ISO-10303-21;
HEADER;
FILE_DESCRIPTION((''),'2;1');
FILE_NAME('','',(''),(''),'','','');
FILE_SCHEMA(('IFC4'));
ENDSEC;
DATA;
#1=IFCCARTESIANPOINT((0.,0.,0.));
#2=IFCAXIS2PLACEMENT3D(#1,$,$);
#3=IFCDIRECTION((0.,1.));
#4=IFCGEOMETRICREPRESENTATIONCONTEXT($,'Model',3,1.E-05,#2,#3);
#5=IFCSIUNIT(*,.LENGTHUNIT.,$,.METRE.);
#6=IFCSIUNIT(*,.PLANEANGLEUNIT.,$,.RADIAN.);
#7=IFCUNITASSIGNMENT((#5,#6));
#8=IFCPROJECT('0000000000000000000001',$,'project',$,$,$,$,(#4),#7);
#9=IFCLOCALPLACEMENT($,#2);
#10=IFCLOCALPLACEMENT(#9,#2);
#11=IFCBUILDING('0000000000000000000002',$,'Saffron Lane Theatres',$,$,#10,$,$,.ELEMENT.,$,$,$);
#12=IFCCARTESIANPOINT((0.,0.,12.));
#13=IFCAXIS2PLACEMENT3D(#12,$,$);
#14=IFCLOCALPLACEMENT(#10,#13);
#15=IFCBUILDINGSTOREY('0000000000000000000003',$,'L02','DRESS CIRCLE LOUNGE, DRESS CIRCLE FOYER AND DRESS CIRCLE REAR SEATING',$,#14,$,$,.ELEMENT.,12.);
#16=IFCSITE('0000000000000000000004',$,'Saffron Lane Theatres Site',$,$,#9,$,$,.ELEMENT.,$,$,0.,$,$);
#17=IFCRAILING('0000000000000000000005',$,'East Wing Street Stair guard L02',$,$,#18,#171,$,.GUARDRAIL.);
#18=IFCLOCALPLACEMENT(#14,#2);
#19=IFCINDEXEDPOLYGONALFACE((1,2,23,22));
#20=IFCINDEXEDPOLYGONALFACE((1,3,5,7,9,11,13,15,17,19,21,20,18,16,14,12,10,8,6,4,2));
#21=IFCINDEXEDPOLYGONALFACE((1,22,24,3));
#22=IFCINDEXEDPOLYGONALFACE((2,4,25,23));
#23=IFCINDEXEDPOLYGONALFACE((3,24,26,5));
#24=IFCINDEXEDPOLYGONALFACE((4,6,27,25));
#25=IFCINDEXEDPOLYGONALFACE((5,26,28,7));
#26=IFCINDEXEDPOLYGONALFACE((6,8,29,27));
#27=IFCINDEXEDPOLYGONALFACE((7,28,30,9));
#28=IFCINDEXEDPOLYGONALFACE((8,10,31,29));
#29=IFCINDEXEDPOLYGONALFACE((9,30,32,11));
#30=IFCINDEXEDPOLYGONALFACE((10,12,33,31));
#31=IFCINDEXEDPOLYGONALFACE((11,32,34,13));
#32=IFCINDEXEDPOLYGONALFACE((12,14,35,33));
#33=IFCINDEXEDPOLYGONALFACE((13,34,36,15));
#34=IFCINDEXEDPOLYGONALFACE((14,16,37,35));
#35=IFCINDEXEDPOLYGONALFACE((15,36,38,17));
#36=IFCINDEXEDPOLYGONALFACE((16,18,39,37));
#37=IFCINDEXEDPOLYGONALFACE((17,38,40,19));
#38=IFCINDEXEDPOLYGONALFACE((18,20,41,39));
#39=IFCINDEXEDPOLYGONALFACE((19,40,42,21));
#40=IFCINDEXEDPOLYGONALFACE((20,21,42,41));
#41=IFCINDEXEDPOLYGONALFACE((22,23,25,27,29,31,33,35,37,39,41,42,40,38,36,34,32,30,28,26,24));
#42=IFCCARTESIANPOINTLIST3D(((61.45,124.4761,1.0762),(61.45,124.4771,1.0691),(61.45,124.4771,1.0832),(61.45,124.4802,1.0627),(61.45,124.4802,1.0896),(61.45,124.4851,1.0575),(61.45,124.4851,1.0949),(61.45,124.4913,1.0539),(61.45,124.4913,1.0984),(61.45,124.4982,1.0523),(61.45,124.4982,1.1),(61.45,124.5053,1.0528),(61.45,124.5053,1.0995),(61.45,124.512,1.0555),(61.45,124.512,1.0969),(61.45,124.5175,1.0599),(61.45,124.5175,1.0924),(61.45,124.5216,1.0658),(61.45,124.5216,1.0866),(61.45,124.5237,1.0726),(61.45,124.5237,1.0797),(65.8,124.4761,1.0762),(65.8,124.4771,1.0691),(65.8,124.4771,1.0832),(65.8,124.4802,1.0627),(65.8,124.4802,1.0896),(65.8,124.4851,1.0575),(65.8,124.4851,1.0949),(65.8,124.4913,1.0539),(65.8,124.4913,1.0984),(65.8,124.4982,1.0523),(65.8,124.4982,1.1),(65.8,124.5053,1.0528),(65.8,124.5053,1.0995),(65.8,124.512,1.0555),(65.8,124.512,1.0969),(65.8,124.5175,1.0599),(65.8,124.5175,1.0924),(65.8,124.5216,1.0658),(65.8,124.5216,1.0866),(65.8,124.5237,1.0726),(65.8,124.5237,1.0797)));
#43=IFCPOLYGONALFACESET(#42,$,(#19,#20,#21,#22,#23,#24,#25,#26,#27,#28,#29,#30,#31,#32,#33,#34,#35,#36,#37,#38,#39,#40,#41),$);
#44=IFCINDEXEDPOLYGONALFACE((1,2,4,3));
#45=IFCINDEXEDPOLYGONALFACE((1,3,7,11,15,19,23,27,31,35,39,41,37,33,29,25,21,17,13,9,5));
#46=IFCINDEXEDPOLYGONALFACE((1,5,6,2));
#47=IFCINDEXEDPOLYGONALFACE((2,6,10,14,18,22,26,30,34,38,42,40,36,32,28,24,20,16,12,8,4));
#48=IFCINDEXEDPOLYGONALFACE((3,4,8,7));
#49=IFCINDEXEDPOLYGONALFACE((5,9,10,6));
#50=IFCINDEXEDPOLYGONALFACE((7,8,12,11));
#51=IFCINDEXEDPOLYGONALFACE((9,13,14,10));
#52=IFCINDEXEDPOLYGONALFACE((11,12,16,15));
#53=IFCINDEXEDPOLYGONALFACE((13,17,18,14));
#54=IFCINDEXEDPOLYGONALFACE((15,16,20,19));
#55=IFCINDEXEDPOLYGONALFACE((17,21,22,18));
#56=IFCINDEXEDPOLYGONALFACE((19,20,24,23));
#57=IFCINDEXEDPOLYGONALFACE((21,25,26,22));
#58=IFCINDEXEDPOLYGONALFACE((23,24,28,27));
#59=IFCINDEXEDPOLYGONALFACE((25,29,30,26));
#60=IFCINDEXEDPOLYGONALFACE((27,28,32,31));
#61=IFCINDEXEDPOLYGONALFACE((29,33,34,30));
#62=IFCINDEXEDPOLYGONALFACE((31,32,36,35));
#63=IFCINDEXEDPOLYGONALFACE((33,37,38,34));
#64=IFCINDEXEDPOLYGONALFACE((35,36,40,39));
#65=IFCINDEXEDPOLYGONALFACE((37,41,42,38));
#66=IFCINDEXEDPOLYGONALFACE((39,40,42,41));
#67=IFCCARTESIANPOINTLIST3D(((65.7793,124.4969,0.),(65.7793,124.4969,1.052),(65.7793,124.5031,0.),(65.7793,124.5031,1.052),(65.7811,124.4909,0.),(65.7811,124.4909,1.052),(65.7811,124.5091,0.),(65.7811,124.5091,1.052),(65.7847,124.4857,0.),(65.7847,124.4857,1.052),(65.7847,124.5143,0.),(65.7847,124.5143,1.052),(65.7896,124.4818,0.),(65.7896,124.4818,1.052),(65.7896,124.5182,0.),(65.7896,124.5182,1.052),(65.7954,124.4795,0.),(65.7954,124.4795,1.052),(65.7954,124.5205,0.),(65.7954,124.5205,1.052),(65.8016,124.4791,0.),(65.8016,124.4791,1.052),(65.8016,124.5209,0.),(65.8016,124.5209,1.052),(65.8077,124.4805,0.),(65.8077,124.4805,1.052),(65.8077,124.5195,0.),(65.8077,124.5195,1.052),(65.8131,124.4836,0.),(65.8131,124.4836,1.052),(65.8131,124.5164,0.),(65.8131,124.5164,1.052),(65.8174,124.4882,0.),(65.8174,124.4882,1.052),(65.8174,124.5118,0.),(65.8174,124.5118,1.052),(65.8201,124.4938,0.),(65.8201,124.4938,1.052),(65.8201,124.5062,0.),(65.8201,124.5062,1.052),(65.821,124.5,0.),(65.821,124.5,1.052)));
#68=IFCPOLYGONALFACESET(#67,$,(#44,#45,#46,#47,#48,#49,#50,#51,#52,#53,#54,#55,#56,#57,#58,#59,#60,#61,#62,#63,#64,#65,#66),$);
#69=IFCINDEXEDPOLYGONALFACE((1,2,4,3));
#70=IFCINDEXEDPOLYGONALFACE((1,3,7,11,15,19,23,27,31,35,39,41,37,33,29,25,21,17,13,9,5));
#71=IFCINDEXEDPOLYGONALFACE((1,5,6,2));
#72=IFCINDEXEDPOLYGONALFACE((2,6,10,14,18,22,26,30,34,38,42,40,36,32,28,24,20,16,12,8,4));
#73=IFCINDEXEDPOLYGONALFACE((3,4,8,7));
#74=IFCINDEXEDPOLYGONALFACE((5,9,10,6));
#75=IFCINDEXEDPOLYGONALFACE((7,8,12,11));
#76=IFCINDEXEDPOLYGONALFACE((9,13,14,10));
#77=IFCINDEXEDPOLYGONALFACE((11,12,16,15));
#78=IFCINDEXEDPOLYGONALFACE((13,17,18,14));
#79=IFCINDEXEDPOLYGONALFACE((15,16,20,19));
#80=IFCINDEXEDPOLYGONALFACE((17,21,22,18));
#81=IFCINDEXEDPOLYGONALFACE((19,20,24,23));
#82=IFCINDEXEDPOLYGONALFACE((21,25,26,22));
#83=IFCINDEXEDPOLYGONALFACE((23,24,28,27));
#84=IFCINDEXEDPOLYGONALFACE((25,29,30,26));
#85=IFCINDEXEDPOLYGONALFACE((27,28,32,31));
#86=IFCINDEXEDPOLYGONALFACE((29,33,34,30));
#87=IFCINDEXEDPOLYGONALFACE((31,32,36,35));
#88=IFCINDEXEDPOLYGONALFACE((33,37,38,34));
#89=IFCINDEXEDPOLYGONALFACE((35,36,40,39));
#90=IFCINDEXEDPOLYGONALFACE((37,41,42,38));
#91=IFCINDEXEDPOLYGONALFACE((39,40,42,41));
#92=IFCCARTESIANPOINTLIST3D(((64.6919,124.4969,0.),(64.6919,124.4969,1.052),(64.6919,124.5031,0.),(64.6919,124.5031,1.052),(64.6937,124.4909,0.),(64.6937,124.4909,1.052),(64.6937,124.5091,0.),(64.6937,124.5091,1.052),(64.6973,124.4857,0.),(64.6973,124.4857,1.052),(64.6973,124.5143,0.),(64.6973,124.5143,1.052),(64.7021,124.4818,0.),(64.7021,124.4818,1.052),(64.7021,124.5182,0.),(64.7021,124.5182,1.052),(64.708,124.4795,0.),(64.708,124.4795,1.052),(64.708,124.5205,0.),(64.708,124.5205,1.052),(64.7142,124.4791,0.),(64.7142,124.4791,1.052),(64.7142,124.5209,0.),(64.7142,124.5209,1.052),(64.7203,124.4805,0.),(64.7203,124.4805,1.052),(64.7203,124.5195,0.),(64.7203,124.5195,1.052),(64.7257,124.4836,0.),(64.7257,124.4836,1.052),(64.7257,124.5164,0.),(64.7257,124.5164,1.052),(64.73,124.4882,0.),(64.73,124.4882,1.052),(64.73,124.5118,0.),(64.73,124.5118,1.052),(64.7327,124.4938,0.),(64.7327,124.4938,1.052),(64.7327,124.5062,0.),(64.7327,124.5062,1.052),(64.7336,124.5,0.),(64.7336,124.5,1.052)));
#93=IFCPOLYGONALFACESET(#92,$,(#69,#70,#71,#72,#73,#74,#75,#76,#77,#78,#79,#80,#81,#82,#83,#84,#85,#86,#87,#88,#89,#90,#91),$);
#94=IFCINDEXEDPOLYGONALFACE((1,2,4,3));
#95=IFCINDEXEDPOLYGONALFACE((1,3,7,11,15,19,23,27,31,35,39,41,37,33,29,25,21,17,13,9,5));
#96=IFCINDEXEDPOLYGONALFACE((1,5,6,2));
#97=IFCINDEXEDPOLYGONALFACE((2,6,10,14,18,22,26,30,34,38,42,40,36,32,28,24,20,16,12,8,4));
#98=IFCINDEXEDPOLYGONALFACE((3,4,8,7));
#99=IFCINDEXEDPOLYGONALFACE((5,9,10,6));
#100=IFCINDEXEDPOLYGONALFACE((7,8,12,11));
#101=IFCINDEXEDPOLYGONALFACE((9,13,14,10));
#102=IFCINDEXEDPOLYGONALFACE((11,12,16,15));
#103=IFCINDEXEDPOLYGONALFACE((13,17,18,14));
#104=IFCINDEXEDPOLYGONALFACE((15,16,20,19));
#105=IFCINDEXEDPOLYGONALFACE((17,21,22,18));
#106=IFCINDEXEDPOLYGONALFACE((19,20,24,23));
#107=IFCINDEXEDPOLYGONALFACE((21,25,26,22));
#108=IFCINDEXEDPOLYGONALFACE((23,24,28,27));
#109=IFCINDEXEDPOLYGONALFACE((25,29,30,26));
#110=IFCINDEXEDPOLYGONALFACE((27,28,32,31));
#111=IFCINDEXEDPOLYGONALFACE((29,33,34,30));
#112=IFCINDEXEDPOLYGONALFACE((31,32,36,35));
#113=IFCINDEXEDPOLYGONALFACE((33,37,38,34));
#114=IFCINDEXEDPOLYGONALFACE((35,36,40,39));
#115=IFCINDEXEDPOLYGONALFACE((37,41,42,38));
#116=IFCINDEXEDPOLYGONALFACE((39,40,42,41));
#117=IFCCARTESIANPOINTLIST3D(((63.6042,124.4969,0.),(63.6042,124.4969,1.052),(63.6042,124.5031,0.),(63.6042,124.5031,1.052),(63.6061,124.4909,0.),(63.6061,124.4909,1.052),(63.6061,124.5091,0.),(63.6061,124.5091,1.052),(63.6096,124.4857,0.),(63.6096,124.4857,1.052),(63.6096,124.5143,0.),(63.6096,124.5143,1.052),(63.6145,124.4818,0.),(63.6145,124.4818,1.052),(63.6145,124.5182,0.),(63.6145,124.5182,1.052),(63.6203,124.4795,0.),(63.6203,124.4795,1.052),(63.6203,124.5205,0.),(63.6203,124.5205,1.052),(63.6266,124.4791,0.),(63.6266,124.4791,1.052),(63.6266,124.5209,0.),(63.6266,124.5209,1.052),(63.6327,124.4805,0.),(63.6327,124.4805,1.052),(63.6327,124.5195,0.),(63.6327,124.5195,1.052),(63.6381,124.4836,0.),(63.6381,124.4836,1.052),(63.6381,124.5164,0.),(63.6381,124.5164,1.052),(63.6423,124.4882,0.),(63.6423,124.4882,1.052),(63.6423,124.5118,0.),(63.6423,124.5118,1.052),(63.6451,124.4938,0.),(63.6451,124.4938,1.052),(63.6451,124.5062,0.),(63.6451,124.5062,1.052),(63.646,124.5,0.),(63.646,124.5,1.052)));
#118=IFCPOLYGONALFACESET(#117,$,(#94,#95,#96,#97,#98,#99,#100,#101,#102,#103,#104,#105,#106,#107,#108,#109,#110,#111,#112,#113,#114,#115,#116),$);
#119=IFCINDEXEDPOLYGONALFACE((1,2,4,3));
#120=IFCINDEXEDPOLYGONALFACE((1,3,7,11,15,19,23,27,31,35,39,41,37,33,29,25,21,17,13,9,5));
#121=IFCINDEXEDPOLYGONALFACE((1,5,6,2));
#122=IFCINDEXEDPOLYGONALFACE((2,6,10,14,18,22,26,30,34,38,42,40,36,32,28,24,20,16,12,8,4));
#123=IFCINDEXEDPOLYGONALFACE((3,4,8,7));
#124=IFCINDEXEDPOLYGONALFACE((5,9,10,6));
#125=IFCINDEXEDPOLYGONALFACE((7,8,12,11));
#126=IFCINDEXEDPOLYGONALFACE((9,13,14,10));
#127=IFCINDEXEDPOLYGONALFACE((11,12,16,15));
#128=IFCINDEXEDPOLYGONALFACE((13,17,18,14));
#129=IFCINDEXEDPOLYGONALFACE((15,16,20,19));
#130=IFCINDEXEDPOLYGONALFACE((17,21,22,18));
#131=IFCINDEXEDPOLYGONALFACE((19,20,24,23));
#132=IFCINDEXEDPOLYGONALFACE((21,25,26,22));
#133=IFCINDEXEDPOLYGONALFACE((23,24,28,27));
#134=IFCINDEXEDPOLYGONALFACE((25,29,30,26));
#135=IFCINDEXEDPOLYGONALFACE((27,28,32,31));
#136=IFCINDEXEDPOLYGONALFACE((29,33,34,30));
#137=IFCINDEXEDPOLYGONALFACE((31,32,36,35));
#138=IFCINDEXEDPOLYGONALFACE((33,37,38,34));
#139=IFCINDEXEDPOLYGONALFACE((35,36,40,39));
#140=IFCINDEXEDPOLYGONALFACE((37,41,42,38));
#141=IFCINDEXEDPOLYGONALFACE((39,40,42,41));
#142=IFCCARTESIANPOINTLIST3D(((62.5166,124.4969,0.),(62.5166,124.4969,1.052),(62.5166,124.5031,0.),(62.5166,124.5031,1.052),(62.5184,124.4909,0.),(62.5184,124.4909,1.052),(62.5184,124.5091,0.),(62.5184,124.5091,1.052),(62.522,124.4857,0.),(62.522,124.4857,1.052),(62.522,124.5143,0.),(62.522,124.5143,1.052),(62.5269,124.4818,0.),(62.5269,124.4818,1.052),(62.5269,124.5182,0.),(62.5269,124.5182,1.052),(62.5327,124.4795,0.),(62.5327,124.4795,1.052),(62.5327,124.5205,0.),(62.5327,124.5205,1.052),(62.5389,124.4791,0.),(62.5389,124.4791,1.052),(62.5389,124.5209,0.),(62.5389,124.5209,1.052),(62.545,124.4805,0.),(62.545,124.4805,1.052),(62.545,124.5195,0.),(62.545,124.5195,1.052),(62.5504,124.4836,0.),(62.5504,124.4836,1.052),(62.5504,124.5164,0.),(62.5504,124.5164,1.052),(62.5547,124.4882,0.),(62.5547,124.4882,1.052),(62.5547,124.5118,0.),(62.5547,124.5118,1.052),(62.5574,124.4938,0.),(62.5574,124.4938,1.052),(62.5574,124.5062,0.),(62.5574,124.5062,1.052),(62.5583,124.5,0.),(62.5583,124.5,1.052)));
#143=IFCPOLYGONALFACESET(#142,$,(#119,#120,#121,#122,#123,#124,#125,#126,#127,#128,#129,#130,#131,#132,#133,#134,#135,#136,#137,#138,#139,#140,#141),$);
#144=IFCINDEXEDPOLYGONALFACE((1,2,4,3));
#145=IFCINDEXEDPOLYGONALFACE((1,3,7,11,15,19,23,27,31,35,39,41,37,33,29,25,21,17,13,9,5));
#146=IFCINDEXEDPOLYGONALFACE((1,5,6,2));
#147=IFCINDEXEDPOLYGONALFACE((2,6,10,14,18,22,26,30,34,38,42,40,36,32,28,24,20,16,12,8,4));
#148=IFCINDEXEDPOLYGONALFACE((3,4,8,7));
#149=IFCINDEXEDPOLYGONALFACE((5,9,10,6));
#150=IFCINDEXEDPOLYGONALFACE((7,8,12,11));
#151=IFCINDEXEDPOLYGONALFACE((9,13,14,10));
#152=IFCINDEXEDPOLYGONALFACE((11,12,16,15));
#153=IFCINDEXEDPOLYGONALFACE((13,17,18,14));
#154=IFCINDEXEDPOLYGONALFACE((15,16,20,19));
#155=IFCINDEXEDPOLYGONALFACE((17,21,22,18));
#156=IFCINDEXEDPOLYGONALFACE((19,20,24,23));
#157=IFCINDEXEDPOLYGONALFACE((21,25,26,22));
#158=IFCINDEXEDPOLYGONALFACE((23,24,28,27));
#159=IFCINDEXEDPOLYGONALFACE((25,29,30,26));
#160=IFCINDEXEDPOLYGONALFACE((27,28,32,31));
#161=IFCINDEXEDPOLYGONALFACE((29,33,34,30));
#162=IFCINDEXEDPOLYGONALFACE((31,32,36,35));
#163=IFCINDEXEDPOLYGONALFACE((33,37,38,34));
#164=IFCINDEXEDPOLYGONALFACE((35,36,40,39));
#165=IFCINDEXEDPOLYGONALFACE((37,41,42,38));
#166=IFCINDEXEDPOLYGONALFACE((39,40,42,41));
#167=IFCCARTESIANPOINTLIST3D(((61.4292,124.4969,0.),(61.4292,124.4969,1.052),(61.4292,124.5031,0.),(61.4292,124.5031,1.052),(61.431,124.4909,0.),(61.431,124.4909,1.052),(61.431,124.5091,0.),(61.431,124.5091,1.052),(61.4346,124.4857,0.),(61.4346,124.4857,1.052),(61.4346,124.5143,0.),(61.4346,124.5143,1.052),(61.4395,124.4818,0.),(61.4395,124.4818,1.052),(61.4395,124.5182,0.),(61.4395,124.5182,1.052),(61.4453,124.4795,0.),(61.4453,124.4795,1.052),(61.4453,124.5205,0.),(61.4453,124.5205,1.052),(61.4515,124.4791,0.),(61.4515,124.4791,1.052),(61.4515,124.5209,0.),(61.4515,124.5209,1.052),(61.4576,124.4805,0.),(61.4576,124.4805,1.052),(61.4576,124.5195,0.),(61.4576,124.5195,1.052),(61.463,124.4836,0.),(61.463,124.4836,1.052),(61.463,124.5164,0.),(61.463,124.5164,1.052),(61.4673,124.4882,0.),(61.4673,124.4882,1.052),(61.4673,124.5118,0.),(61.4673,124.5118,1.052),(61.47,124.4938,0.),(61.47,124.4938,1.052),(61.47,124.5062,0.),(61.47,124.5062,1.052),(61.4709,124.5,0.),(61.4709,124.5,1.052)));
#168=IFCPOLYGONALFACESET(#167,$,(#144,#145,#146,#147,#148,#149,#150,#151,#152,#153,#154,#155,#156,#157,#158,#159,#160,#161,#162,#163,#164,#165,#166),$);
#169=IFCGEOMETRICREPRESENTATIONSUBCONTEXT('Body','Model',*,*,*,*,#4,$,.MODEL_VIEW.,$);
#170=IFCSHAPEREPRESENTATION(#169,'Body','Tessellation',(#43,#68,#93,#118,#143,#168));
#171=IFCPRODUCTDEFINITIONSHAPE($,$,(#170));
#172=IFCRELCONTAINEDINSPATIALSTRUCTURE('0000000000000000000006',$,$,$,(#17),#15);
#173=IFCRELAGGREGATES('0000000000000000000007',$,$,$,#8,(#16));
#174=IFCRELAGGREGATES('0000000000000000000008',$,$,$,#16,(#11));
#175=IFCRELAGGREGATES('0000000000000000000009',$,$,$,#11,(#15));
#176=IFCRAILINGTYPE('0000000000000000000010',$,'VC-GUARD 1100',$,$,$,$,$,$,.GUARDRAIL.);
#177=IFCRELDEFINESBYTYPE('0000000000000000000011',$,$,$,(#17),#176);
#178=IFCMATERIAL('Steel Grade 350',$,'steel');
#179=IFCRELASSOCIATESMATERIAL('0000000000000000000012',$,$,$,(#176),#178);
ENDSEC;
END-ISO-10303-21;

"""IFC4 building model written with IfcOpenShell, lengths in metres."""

from ifc_helpers import new_model, si_unit, direction, frame, origin, origin_2d, place, context, subcontext, project, spatial, circle, extrude, material, type_object, element, save


model = new_model("IFC4")

# Units and contexts
model_context = context("Model", 3, precision=1e-05, world=origin(), true_north=direction((0.0, 1.0)))
body_context = subcontext(model_context, "Body", "Model", "MODEL_VIEW")
ifc_project = project(units=[si_unit("LENGTHUNIT", "METRE"), si_unit("PLANEANGLEUNIT", "RADIAN")], contexts=[model_context])

# Site, building, storey
site_placement = place(None, origin())
site = spatial("IfcSite", under=ifc_project, at=site_placement, Name="Saffron Lane Theatres Site", CompositionType="ELEMENT", RefElevation=0.0)
building_placement = place(site_placement, origin())
building = spatial("IfcBuilding", under=site, at=building_placement, Name="Saffron Lane Theatres", CompositionType="ELEMENT")
storey_placement = place(building_placement, frame((0.0, 0.0, 12.0)))
storey = spatial("IfcBuildingStorey", under=building, at=storey_placement, Name="L02", Description="DRESS CIRCLE LOUNGE, DRESS CIRCLE FOYER AND DRESS CIRCLE REAR SEATING", CompositionType="ELEMENT", Elevation=12.0)

# Railing
ifc_material_1 = material(Name="Steel Grade 350", Category="steel")
railing_type = type_object("IfcRailingType", Name="VC-GUARD 1100", PredefinedType="GUARDRAIL", material=ifc_material_1)
railing_placement = place(storey_placement, frame((65.8, 124.5, 0.0)))
element("IfcRailing", 1, at=railing_placement, inside=storey, type_object=railing_type, Name="East Wing Street Stair guard L02", PredefinedType="GUARDRAIL", context=body_context, shape_type="SweptSolid", body=[
    extrude(circle(Radius=0.0239, at=origin_2d()), frame((0.0, 0.0, 1.0762), z_axis=(-1.0, 0.0, 0.0), x_axis=(0.0, -1.0, 0.0)), (0.0, 0.0, 1.0), 4.3501),
    extrude(circle(Radius=0.021, at=origin_2d()), origin(), (0.0, 0.0, 1.0), 1.052),
    extrude(circle(Radius=0.021, at=origin_2d()), frame((-1.0874, 0.0, 0.0)), (0.0, 0.0, 1.0), 1.052),
    extrude(circle(Radius=0.021, at=origin_2d()), frame((-2.175, 0.0, 0.0)), (0.0, 0.0, 1.0), 1.052),
    extrude(circle(Radius=0.021, at=origin_2d()), frame((-3.2627, 0.0, 0.0)), (0.0, 0.0, 1.0), 1.052),
    extrude(circle(Radius=0.021, at=origin_2d()), frame((-4.3501, 0.0, 0.0)), (0.0, 0.0, 1.0), 1.052),
])

save(model, "model.ifc")
